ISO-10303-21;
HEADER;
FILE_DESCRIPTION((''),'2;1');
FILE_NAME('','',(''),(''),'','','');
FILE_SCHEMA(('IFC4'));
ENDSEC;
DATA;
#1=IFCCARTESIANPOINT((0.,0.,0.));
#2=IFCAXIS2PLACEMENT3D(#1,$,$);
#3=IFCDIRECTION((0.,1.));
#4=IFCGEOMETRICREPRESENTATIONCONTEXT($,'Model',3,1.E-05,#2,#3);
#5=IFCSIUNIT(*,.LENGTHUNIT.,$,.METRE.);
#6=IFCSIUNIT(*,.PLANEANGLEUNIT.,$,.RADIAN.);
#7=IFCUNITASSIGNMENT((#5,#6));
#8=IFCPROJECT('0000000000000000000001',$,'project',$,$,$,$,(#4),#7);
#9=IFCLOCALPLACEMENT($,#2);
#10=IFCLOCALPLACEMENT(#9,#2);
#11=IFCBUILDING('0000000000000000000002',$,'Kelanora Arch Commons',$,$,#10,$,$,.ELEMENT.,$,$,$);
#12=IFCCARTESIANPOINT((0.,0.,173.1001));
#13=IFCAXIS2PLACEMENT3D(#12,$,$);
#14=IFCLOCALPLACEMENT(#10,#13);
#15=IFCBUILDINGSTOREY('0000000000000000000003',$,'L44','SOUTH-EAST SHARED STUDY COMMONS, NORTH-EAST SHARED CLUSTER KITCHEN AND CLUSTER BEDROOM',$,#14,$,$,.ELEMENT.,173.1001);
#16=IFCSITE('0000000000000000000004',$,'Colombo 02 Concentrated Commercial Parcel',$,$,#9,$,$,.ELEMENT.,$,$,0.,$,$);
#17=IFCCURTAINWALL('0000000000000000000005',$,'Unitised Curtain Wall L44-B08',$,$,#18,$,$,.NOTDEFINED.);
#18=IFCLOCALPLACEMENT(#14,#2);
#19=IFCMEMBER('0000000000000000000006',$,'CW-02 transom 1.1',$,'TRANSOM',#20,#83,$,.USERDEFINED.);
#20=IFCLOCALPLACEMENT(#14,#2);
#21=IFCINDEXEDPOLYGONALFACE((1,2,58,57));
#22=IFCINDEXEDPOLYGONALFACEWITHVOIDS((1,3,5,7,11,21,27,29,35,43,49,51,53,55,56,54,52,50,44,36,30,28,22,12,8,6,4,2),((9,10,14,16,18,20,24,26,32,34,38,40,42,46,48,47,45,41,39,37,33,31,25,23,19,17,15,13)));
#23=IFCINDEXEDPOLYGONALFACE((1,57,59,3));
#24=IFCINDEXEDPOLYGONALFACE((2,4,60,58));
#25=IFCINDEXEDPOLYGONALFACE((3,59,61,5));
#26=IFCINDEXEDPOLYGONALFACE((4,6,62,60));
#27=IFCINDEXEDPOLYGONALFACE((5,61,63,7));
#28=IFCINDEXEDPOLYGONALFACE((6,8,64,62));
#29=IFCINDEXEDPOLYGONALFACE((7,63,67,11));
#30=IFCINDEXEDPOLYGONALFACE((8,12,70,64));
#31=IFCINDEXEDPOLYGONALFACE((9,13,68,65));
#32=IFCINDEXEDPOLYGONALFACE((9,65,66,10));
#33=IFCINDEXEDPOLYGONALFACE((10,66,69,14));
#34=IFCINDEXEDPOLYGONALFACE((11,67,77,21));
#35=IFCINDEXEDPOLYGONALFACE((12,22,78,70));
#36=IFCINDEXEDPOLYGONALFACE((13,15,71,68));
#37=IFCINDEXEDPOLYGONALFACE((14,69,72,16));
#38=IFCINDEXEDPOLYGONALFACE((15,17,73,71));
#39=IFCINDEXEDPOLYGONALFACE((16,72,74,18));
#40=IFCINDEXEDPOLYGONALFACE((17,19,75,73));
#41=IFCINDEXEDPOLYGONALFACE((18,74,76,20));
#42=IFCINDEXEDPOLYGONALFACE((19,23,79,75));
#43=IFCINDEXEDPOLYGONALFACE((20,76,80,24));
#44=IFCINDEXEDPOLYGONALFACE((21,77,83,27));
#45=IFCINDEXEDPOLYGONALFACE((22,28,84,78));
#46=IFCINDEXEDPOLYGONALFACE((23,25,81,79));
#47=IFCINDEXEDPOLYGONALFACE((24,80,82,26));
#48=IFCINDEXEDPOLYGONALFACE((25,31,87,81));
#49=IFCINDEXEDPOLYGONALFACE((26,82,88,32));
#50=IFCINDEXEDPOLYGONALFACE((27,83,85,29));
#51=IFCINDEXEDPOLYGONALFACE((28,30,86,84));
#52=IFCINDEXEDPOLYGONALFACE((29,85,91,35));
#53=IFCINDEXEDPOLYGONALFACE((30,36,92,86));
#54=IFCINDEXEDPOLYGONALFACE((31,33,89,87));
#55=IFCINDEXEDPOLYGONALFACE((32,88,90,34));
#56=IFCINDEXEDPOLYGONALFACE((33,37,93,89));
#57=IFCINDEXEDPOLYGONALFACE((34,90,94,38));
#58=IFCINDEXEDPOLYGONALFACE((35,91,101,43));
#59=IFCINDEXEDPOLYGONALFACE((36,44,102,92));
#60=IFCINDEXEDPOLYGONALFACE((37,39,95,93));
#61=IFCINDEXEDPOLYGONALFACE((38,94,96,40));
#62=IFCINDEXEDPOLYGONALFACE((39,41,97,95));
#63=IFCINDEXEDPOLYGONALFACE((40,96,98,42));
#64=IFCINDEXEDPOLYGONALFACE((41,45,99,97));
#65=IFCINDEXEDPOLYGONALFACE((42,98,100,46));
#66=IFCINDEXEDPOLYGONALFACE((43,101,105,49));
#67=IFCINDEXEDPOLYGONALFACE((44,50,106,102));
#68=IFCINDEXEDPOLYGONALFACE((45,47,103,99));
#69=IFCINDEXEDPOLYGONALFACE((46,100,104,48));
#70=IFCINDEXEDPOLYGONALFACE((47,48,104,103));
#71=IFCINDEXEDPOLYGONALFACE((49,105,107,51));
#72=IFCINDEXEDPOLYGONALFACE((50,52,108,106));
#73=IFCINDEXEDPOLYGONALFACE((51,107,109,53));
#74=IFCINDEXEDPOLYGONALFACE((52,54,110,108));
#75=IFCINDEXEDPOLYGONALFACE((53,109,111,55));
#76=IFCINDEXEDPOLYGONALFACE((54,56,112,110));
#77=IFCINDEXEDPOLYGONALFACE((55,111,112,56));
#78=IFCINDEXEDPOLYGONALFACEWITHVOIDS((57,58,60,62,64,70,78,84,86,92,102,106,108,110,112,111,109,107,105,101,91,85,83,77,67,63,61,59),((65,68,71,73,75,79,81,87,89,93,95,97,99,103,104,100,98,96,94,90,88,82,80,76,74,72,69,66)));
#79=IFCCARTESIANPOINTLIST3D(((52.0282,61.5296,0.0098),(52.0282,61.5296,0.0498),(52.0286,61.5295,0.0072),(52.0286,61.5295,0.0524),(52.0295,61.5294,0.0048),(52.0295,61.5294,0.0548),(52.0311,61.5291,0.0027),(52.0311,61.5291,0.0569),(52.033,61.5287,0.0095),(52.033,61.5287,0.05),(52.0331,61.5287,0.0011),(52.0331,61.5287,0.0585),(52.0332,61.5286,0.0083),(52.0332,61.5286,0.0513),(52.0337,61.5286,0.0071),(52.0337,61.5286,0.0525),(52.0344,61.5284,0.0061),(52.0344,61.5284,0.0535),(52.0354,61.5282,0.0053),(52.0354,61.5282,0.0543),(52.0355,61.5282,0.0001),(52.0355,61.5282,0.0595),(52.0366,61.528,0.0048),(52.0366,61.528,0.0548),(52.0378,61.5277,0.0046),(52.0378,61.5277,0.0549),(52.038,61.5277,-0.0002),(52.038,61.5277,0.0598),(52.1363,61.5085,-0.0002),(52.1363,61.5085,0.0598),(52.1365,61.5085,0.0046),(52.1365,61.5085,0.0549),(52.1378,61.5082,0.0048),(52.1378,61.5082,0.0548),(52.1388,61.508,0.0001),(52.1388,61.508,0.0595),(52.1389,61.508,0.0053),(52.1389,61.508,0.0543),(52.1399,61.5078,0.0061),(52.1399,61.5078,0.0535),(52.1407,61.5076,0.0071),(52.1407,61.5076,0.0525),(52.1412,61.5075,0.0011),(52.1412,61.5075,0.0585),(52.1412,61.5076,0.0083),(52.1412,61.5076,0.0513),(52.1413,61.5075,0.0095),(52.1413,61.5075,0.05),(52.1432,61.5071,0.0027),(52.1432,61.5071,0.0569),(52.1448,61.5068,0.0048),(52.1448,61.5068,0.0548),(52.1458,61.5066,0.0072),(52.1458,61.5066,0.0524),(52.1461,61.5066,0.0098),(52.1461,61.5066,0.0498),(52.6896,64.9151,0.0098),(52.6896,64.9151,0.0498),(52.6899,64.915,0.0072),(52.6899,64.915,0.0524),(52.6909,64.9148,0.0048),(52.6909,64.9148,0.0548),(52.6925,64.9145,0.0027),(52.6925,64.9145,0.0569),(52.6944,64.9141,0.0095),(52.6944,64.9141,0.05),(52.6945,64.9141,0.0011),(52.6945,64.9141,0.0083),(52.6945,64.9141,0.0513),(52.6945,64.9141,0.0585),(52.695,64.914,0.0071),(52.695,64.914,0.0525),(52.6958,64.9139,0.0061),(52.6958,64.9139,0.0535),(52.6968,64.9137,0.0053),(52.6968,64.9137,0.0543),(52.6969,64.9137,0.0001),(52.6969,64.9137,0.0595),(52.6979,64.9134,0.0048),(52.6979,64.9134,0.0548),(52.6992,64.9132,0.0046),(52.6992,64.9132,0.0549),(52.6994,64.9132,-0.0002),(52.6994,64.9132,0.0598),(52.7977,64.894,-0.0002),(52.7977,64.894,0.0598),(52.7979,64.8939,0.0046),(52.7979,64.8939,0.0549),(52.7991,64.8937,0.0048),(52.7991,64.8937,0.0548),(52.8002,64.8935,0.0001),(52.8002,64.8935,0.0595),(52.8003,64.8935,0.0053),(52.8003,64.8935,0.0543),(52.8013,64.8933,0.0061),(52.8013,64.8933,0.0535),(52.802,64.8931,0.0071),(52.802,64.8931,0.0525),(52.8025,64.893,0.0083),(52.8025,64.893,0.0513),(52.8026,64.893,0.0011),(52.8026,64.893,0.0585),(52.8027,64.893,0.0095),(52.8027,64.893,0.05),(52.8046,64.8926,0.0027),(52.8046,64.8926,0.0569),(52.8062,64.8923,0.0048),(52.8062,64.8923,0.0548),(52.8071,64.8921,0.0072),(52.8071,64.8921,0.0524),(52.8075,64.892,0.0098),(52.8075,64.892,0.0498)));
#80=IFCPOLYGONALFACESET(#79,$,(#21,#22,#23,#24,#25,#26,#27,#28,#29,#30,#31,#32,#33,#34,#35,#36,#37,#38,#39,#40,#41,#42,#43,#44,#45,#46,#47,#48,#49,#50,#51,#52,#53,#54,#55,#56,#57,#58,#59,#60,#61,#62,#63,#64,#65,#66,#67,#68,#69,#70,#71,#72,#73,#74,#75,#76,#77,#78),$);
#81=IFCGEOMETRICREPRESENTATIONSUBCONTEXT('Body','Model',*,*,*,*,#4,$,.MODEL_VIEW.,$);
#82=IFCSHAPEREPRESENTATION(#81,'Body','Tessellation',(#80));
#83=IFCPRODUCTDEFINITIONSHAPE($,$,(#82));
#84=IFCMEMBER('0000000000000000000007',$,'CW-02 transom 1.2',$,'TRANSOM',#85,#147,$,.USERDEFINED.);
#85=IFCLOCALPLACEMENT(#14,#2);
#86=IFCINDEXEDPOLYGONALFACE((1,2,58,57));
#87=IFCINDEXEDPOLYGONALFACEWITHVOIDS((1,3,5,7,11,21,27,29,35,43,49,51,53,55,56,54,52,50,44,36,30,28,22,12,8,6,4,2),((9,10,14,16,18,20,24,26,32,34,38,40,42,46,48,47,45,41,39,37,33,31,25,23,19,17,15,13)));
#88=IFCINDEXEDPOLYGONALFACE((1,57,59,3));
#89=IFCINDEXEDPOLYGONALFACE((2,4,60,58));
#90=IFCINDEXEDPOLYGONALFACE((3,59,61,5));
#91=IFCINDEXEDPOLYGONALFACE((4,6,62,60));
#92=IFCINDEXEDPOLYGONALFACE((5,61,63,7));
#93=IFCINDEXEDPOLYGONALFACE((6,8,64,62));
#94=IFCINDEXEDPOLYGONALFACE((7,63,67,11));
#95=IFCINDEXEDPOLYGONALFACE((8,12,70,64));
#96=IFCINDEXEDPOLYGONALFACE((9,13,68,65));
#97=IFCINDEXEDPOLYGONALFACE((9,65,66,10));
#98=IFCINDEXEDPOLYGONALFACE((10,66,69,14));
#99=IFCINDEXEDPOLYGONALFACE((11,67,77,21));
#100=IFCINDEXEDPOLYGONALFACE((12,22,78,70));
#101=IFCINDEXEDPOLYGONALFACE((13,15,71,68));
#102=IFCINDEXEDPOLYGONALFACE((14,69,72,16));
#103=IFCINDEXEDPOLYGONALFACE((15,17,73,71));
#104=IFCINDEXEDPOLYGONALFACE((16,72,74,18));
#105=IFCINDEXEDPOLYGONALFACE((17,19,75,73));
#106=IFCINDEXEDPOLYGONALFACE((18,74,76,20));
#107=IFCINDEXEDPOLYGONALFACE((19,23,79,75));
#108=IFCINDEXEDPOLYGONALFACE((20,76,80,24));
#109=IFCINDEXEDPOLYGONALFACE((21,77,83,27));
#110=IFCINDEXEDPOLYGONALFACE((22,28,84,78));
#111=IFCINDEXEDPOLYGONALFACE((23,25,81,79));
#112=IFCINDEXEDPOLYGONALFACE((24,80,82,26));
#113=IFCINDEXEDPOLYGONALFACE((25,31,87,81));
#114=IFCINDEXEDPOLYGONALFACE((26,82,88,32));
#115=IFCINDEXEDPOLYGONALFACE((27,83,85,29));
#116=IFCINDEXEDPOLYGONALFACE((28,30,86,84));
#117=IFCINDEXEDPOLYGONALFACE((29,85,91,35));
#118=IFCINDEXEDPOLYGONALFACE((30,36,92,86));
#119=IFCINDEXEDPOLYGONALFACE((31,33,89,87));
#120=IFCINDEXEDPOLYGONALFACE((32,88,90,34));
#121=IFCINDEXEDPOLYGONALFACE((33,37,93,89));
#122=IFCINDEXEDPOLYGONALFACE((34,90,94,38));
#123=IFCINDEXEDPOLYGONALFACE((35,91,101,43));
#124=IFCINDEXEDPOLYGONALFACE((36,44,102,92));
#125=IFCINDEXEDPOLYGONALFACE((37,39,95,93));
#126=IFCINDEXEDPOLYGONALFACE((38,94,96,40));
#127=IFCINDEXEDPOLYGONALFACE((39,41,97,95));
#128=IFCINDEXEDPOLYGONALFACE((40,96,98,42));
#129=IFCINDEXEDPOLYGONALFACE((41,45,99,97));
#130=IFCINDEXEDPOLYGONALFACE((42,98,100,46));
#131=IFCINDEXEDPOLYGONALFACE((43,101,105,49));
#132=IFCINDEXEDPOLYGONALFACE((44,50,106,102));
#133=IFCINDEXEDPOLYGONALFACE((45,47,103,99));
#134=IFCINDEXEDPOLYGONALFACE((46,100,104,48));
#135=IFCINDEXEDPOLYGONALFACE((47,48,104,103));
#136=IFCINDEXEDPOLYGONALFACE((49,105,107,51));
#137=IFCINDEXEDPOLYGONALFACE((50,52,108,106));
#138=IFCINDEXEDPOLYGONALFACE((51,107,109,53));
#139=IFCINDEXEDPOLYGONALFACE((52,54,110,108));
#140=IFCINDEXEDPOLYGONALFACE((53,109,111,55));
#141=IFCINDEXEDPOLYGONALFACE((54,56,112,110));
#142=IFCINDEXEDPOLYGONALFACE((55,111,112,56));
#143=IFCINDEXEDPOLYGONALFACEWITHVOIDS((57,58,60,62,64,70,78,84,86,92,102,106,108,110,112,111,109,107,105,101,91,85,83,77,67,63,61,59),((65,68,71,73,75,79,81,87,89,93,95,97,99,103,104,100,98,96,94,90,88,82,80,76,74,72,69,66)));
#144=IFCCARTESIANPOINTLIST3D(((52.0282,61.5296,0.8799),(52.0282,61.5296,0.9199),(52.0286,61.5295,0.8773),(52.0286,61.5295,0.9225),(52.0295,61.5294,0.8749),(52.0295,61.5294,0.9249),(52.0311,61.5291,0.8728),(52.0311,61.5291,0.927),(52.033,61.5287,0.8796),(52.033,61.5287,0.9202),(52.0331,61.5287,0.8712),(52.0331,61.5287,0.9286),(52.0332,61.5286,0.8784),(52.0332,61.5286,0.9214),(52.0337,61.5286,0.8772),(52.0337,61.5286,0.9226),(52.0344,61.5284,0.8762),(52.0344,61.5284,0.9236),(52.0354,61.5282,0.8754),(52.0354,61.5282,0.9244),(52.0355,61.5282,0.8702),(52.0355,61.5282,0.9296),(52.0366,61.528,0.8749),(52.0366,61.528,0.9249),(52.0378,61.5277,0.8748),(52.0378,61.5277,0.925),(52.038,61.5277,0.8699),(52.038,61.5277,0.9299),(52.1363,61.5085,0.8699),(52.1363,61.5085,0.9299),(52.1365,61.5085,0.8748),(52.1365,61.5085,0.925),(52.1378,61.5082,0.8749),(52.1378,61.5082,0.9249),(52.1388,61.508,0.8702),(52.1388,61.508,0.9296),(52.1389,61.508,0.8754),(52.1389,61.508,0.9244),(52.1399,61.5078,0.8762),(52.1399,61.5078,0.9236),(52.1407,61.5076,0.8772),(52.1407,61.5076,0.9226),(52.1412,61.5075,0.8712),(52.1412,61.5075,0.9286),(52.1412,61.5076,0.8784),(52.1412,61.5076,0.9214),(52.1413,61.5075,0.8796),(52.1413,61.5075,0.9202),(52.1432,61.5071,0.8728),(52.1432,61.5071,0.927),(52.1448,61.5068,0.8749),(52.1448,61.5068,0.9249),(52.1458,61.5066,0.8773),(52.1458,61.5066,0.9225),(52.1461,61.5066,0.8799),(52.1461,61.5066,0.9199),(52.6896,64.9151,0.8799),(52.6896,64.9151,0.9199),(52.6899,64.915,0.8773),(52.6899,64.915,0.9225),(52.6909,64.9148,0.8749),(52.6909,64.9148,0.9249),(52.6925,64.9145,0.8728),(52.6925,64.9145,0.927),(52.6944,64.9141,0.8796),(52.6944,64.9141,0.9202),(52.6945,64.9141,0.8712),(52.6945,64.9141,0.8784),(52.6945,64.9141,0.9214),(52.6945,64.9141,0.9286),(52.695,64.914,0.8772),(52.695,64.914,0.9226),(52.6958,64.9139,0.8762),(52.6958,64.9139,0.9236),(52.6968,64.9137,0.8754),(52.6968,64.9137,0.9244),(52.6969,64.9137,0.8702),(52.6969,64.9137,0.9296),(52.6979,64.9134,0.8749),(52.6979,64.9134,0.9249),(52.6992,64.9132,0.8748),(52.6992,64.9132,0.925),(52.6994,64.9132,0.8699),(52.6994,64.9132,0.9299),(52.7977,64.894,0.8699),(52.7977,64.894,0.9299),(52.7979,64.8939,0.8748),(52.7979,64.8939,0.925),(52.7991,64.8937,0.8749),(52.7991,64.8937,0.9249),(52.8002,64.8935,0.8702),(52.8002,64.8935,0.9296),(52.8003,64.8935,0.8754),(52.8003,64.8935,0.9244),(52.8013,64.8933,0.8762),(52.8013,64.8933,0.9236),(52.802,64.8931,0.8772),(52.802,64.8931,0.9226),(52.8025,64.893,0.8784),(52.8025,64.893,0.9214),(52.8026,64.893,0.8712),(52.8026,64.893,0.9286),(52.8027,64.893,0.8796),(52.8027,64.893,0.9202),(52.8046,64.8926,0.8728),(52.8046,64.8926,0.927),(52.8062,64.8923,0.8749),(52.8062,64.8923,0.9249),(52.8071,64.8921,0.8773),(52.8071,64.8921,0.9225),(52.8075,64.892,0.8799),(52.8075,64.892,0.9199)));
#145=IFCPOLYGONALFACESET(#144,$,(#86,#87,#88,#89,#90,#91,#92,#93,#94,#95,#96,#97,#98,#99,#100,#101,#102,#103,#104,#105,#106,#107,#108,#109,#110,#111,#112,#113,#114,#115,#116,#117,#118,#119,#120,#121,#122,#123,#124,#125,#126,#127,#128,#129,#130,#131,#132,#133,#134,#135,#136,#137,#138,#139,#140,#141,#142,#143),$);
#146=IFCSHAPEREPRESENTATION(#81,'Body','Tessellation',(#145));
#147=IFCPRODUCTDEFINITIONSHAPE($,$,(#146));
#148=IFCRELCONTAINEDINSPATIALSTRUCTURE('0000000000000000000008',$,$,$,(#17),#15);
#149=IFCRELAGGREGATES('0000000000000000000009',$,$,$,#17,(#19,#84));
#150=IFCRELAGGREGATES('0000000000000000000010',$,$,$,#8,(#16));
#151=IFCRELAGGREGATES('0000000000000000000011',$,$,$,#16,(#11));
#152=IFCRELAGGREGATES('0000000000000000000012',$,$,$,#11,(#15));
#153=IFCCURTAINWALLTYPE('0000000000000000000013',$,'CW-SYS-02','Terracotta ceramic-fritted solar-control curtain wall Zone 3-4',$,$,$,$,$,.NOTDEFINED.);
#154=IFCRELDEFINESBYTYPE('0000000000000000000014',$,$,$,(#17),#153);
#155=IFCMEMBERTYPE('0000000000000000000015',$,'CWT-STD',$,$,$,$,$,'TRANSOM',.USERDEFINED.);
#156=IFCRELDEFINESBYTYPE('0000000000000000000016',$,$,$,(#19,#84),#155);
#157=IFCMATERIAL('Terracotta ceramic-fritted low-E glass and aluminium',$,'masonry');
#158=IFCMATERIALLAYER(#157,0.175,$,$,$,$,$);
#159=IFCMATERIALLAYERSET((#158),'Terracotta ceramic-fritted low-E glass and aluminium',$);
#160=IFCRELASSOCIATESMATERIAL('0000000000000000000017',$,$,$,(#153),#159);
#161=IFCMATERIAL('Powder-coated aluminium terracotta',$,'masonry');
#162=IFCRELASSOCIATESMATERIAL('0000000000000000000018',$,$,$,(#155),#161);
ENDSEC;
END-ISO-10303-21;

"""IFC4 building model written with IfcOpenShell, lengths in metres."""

from ifc_helpers import new_model, si_unit, direction, frame, origin, origin_2d, place, context, subcontext, project, spatial, hollow_rectangle, extrude, material, layer, layer_set, material_profile, profile_set, type_object, element, aggregate, save


model = new_model("IFC4")

# Units and contexts
model_context = context("Model", 3, precision=1e-05, world=origin(), true_north=direction((0.0, 1.0)))
body_context = subcontext(model_context, "Body", "Model", "MODEL_VIEW")
ifc_project = project(units=[si_unit("LENGTHUNIT", "METRE"), si_unit("PLANEANGLEUNIT", "RADIAN")], contexts=[model_context])

# Site, building, storey
site_placement = place(None, origin())
site = spatial("IfcSite", under=ifc_project, at=site_placement, Name="Colombo 02 Concentrated Commercial Parcel", CompositionType="ELEMENT", RefElevation=0.0)
building_placement = place(site_placement, origin())
building = spatial("IfcBuilding", under=site, at=building_placement, Name="Kelanora Arch Commons", CompositionType="ELEMENT")
storey_placement = place(building_placement, frame((0.0, 0.0, 173.1001)))
storey = spatial("IfcBuildingStorey", under=building, at=storey_placement, Name="L44", Description="SOUTH-EAST SHARED STUDY COMMONS, NORTH-EAST SHARED CLUSTER KITCHEN AND CLUSTER BEDROOM", CompositionType="ELEMENT", Elevation=173.1001)

# Curtain wall, members
ifc_material_1 = material(Name="Terracotta ceramic-fritted low-E glass and aluminium", Category="masonry")
ifc_layer_1 = layer(ifc_material_1, 0.175)
ifc_layer_set_1 = layer_set([ifc_layer_1], Name="Terracotta ceramic-fritted low-E glass and aluminium")
curtain_wall_type = type_object("IfcCurtainWallType", Name="CW-SYS-02", Description="Terracotta ceramic-fritted solar-control curtain wall Zone 3-4", PredefinedType="NOTDEFINED", material=ifc_layer_set_1)
curtain_wall_placement = place(storey_placement, origin())
curtain_wall = element("IfcCurtainWall", 1, at=curtain_wall_placement, inside=storey, type_object=curtain_wall_type, Name="Unitised Curtain Wall L44-B08", PredefinedType="NOTDEFINED")
ifc_material_2 = material(Name="Powder-coated aluminium terracotta", Category="masonry")
ifc_material_profile_1 = material_profile(ifc_material_2, hollow_rectangle(XDim=0.1201, YDim=0.0601, WallThickness=0.0049, InnerFilletRadius=0.0049, OuterFilletRadius=0.01, at=origin_2d()), Name="CWT120x60")
ifc_profile_set_1 = profile_set([ifc_material_profile_1], Name="Powder-coated aluminium terracotta")
member_type_1 = type_object("IfcMemberType", Name="CWT-STD", ElementType="TRANSOM", PredefinedType="USERDEFINED", material=ifc_profile_set_1)
member_1_placement = place(storey_placement, frame((52.7485, 64.9036, 0.0298), z_axis=(-0.191732, -0.981447, 0.0), x_axis=(0.981447, -0.191732, 0.0)))
member_1 = element("IfcMember", 2, at=member_1_placement, type_object=member_type_1, Name="CW-02 transom 1.1", ObjectType="TRANSOM", PredefinedType="USERDEFINED", context=body_context, shape_type="SweptSolid", body=[
    extrude(hollow_rectangle(XDim=0.1201, YDim=0.0601, WallThickness=0.0049, InnerFilletRadius=0.0049, OuterFilletRadius=0.01, at=origin_2d()), origin(), (0.0, 0.0, 1.0), 3.4495),
])
member_2_placement = place(storey_placement, frame((52.7485, 64.9036, 0.8999), z_axis=(-0.191732, -0.981447, 0.0), x_axis=(0.981447, -0.191732, 0.0)))
member_2 = element("IfcMember", 3, at=member_2_placement, type_object=member_type_1, Name="CW-02 transom 1.2", ObjectType="TRANSOM", PredefinedType="USERDEFINED", context=body_context, shape_type="SweptSolid", body=[
    extrude(hollow_rectangle(XDim=0.1201, YDim=0.0601, WallThickness=0.0049, InnerFilletRadius=0.0049, OuterFilletRadius=0.01, at=origin_2d()), origin(), (0.0, 0.0, 1.0), 3.4495),
])
aggregate(curtain_wall, [member_1, member_2])

save(model, "model.ifc")
